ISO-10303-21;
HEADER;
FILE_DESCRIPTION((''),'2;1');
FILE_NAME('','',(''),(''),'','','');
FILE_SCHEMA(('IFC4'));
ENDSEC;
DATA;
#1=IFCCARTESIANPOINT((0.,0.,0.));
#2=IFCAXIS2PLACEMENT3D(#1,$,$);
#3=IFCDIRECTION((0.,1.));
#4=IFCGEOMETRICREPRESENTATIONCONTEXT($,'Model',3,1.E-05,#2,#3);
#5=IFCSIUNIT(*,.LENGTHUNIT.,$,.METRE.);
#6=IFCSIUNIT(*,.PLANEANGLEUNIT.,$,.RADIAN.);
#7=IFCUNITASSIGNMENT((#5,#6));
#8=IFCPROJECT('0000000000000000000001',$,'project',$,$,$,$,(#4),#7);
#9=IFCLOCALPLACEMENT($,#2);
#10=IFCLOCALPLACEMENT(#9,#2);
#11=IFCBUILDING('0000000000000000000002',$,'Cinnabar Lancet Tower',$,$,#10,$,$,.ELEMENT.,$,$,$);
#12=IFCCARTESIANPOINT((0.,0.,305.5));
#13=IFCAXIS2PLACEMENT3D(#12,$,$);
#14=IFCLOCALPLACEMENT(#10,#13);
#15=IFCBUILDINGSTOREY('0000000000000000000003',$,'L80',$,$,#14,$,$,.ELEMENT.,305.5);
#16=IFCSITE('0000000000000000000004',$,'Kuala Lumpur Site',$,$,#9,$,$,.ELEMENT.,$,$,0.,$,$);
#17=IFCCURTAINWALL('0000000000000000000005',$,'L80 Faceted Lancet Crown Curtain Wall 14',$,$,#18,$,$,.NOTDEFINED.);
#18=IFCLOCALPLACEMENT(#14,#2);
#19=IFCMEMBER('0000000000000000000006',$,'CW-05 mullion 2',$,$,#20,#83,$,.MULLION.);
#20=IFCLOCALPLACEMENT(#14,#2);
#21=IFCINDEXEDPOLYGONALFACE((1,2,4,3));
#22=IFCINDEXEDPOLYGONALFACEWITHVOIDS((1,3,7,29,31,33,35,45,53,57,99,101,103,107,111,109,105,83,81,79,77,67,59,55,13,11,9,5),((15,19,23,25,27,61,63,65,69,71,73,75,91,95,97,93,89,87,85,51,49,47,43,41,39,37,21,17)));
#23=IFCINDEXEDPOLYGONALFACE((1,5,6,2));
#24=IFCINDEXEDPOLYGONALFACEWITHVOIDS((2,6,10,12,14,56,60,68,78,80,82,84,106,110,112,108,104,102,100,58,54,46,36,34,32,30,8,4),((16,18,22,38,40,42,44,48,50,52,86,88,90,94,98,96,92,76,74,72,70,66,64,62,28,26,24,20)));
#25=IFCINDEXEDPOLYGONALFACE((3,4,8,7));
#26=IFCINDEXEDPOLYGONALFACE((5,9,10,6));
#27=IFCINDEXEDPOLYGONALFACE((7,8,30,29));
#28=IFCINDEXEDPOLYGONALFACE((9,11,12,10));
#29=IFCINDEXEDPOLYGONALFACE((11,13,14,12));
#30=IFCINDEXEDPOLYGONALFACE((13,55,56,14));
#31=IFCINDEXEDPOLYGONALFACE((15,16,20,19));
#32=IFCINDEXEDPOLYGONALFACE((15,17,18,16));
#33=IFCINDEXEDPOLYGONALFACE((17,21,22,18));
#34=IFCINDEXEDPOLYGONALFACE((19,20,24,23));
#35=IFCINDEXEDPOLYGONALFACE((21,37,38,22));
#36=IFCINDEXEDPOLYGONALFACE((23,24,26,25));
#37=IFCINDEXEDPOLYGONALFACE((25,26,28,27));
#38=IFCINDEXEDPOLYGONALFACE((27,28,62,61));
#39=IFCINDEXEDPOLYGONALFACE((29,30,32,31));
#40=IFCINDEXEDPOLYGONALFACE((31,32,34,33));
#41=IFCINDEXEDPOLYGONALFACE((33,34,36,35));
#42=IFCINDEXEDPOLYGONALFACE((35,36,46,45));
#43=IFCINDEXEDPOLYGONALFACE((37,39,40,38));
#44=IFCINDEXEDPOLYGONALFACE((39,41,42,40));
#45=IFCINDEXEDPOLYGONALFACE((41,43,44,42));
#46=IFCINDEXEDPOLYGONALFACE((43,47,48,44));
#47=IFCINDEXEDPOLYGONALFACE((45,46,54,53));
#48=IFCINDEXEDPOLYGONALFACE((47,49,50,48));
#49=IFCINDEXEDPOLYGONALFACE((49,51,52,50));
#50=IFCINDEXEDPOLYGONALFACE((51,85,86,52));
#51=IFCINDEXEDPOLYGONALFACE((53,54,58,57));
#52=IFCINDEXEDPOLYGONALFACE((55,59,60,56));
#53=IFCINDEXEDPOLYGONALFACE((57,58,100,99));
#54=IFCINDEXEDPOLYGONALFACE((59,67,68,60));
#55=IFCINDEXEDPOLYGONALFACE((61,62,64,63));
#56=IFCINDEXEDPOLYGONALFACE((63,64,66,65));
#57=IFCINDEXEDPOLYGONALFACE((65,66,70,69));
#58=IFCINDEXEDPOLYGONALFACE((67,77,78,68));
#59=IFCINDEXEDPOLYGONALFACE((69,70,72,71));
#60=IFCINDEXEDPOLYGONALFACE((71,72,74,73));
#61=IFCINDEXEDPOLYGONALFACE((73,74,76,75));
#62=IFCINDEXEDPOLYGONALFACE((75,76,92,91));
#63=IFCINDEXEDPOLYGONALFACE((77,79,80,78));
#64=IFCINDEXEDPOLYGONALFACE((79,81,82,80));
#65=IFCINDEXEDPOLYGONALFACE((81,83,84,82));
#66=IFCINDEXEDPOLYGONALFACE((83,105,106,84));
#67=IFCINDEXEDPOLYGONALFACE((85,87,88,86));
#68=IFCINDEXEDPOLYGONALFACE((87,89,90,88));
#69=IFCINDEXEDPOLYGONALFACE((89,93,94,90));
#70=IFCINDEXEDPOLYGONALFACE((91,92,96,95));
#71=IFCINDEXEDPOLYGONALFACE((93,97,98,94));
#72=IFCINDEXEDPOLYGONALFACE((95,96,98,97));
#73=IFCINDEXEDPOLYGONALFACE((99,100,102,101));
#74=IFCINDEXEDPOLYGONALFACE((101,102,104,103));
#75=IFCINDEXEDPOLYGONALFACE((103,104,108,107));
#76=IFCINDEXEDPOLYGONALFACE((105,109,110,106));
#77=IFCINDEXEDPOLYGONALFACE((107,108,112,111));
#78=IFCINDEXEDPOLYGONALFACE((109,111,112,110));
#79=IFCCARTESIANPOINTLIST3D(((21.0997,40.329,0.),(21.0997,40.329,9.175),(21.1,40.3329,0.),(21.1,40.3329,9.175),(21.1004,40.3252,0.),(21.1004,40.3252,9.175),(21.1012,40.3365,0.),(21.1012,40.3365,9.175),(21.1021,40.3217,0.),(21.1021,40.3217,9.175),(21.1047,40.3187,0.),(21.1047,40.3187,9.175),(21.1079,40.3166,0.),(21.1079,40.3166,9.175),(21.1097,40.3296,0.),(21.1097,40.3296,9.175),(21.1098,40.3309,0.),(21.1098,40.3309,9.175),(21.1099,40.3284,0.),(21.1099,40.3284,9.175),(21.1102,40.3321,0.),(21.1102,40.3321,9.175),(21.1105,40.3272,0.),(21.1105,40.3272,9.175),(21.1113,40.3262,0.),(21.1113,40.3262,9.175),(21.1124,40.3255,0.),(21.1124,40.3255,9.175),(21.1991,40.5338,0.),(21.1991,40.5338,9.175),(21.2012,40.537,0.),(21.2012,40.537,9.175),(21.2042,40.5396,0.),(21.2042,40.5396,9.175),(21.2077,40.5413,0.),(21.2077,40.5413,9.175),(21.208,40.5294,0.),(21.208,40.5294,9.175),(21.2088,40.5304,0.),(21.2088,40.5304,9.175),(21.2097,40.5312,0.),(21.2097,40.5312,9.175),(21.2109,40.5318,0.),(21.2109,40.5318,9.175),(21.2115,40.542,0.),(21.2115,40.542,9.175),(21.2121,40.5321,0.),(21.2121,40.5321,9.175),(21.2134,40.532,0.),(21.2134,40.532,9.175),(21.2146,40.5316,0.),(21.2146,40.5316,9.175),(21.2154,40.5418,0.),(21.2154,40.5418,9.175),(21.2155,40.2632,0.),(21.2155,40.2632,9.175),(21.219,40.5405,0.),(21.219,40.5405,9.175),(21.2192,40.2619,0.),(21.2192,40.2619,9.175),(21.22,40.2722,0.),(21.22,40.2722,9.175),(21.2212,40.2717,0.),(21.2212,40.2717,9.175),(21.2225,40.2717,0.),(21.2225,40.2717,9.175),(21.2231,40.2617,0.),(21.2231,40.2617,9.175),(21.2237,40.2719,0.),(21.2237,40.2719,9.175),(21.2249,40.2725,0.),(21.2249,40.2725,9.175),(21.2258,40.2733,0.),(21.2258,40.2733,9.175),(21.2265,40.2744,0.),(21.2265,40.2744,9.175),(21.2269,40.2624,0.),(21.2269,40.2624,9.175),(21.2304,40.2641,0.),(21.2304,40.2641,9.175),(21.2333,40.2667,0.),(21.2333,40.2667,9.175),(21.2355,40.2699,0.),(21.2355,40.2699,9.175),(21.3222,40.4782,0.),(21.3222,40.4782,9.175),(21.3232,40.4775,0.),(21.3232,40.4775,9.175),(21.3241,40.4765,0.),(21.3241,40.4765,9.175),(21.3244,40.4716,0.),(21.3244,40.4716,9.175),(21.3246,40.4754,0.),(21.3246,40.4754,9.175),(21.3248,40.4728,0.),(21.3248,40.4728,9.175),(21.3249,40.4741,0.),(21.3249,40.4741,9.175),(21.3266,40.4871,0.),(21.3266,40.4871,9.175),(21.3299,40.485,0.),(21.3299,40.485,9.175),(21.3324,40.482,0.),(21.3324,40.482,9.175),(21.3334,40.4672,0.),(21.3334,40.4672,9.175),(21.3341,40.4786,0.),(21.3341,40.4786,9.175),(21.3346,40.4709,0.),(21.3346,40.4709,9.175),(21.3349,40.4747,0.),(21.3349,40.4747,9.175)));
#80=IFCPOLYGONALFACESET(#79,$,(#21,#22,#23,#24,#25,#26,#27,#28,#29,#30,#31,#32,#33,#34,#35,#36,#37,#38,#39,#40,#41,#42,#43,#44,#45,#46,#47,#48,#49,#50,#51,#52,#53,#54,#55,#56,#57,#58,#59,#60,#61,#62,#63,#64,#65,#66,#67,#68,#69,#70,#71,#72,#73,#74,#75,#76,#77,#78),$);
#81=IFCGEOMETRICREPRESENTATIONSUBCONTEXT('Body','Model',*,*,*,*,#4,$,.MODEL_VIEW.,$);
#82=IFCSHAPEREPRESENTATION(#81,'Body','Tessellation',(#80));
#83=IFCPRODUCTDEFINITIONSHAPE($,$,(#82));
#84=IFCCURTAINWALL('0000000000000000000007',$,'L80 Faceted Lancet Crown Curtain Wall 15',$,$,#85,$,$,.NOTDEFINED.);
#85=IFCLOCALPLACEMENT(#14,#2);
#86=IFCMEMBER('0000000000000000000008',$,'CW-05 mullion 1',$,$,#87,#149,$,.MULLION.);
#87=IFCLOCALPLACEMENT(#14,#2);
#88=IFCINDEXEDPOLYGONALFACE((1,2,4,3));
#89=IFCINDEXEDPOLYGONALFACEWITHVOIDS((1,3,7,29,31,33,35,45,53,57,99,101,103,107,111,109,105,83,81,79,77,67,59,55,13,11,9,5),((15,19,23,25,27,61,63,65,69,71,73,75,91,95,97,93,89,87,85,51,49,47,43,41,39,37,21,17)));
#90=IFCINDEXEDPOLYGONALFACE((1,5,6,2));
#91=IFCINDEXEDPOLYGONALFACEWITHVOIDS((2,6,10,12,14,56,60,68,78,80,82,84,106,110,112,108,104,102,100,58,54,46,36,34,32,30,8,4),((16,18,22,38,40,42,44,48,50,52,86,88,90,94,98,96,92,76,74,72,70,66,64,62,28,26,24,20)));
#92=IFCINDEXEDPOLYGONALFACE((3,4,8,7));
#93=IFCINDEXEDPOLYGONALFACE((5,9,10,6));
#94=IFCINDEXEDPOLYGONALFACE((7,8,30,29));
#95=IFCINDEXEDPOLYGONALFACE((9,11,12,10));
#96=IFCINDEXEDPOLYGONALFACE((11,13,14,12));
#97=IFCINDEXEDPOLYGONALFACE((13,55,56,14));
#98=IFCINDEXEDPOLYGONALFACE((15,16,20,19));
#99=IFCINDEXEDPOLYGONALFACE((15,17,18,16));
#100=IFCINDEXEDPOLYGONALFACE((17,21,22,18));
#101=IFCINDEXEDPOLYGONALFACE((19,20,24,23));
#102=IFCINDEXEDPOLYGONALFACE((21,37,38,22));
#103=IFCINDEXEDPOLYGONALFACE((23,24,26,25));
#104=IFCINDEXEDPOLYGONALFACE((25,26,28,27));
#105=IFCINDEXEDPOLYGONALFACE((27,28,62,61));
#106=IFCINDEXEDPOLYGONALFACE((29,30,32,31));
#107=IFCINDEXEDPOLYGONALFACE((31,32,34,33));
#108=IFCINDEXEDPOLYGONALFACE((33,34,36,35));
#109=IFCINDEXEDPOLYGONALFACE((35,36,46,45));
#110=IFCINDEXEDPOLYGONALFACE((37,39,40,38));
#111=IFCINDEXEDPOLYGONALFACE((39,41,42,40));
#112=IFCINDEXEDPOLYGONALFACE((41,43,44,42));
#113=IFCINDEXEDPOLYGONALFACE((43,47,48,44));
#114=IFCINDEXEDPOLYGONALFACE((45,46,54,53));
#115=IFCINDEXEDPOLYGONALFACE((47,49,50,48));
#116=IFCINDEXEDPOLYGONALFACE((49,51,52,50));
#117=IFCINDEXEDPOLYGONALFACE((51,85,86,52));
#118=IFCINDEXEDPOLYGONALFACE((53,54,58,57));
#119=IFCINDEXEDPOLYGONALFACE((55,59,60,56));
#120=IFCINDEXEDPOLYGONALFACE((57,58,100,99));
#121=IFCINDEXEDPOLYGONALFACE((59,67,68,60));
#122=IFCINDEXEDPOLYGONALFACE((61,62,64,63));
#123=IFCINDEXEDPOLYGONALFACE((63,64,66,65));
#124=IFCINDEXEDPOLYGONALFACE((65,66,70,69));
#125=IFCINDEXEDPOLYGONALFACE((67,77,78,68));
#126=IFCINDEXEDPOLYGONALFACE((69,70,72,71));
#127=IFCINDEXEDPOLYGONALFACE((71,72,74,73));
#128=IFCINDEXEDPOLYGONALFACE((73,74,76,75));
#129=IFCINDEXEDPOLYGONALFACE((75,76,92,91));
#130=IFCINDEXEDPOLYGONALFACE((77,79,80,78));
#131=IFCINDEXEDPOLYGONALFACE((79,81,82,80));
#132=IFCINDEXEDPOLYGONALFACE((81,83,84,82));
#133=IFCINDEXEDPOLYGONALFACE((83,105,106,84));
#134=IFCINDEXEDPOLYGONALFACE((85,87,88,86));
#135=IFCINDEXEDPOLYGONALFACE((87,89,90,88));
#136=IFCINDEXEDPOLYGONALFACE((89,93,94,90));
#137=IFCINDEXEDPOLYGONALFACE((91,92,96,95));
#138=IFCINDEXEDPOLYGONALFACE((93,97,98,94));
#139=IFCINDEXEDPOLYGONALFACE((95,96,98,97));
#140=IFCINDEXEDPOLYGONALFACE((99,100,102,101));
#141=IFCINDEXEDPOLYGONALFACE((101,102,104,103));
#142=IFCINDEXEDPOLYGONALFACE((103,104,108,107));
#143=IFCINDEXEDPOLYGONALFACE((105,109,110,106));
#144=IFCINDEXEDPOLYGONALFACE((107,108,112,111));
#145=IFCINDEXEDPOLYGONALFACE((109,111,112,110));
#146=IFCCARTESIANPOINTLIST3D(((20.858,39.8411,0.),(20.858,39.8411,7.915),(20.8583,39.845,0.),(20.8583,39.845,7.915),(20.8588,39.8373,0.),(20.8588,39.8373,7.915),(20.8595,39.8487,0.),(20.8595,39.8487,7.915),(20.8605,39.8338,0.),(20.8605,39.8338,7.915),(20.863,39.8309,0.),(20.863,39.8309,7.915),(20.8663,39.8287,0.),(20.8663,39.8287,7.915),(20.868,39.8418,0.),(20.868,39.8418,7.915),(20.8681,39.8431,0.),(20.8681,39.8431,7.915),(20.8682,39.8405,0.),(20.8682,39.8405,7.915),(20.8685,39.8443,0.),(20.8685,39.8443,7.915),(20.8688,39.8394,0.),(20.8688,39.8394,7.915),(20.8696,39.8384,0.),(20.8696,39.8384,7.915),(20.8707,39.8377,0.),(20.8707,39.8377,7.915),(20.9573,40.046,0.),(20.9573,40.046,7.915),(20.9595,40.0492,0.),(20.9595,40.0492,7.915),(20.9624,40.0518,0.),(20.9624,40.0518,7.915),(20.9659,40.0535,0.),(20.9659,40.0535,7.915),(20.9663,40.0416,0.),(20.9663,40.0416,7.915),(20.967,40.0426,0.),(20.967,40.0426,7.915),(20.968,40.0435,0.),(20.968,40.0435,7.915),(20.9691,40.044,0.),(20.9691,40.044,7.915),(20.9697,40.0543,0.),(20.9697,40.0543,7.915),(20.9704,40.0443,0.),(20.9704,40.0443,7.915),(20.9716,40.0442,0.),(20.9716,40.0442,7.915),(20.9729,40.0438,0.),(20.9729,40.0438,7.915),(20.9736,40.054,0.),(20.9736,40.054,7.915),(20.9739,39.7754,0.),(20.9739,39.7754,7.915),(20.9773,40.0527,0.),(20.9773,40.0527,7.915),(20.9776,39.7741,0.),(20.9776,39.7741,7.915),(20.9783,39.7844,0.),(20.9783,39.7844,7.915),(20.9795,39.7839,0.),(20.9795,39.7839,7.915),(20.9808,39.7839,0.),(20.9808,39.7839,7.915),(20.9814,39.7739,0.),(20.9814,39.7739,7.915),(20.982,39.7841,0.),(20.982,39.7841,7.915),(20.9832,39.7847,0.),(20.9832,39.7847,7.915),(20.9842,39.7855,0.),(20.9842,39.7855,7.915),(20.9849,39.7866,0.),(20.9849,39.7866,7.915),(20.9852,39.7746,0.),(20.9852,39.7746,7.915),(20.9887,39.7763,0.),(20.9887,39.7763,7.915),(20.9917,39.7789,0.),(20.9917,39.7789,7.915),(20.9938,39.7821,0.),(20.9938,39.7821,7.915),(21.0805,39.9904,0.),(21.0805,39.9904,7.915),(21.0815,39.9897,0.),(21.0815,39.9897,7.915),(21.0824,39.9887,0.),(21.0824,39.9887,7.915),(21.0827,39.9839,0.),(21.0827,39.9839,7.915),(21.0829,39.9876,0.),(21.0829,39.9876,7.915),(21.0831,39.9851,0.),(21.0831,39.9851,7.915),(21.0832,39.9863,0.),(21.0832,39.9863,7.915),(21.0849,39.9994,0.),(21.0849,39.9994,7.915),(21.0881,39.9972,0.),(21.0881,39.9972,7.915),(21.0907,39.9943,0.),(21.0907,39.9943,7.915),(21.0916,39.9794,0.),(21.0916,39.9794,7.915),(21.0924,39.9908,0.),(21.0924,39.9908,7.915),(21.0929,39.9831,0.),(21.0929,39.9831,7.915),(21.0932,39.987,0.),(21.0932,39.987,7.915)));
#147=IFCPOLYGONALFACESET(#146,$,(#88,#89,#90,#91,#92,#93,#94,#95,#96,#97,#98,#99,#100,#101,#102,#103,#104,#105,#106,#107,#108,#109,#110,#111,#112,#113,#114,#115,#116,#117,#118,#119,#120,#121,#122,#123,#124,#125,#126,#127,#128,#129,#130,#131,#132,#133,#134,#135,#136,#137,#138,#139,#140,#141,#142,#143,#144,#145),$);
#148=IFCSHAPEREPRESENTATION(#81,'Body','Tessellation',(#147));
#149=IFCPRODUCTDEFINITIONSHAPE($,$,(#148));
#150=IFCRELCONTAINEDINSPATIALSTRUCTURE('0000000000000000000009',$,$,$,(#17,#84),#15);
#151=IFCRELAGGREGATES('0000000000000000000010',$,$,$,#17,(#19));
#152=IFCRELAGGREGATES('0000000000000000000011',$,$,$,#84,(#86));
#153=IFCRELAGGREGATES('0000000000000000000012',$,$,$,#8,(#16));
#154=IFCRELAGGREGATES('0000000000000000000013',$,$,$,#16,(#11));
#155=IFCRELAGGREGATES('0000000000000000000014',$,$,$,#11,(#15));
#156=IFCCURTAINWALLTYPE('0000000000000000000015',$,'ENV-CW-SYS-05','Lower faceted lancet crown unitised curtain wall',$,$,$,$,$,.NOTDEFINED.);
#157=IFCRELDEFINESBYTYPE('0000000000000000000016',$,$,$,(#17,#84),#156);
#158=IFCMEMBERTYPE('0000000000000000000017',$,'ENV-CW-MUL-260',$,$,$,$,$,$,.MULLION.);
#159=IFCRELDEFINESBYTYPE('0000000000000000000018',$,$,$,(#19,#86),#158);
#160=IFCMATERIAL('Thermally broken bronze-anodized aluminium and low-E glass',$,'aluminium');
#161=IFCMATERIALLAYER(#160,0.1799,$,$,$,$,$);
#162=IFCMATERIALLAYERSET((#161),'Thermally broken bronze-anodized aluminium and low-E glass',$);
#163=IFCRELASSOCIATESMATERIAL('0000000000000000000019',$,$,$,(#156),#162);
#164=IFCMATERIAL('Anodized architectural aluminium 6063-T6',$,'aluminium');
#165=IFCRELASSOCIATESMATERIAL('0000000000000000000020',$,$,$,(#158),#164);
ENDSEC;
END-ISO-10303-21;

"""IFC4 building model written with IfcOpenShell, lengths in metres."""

from ifc_helpers import new_model, si_unit, direction, frame, origin, origin_2d, place, context, subcontext, project, spatial, hollow_rectangle, extrude, material, layer, layer_set, material_profile, profile_set, type_object, element, aggregate, save


model = new_model("IFC4")

# Units and contexts
model_context = context("Model", 3, precision=1e-05, world=origin(), true_north=direction((0.0, 1.0)))
body_context = subcontext(model_context, "Body", "Model", "MODEL_VIEW")
ifc_project = project(units=[si_unit("LENGTHUNIT", "METRE"), si_unit("PLANEANGLEUNIT", "RADIAN")], contexts=[model_context])

# Site, building, storey
site_placement = place(None, origin())
site = spatial("IfcSite", under=ifc_project, at=site_placement, Name="Kuala Lumpur Site", CompositionType="ELEMENT", RefElevation=0.0)
building_placement = place(site_placement, origin())
building = spatial("IfcBuilding", under=site, at=building_placement, Name="Cinnabar Lancet Tower", CompositionType="ELEMENT")
storey_placement = place(building_placement, frame((0.0, 0.0, 305.5)))
storey = spatial("IfcBuildingStorey", under=building, at=storey_placement, Name="L80", CompositionType="ELEMENT", Elevation=305.5)

# Shared definitions
ifc_material_1 = material(Name="Thermally broken bronze-anodized aluminium and low-E glass", Category="aluminium")
ifc_layer_1 = layer(ifc_material_1, 0.1799)
ifc_layer_set_1 = layer_set([ifc_layer_1], Name="Thermally broken bronze-anodized aluminium and low-E glass")
curtain_wall_type = type_object("IfcCurtainWallType", Name="ENV-CW-SYS-05", Description="Lower faceted lancet crown unitised curtain wall", PredefinedType="NOTDEFINED", material=ifc_layer_set_1)
ifc_material_2 = material(Name="Anodized architectural aluminium 6063-T6", Category="aluminium")
ifc_material_profile_1 = material_profile(ifc_material_2, hollow_rectangle(XDim=0.1499, YDim=0.25, WallThickness=0.01, InnerFilletRadius=0.0049, OuterFilletRadius=0.0149, at=origin_2d()), Name="RHS 250x150x10")
ifc_profile_set_1 = profile_set([ifc_material_profile_1], Name="Anodized architectural aluminium 6063-T6")
member_type_1 = type_object("IfcMemberType", Name="ENV-CW-MUL-260", PredefinedType="MULLION", material=ifc_profile_set_1)

# Curtain walls, members
curtain_wall_1_placement = place(storey_placement, origin())
curtain_wall_1 = element("IfcCurtainWall", 1, at=curtain_wall_1_placement, inside=storey, type_object=curtain_wall_type, Name="L80 Faceted Lancet Crown Curtain Wall 14", PredefinedType="NOTDEFINED")
member_1_placement = place(storey_placement, frame((21.2173, 40.4019, 0.0), z_axis=(0.0, 0.0, 1.0), x_axis=(0.89582, -0.444416, 0.0)))
member_1 = element("IfcMember", 2, at=member_1_placement, type_object=member_type_1, Name="CW-05 mullion 2", PredefinedType="MULLION", context=body_context, shape_type="SweptSolid", body=[
    extrude(hollow_rectangle(XDim=0.1499, YDim=0.25, WallThickness=0.01, InnerFilletRadius=0.0049, OuterFilletRadius=0.0149, at=origin_2d()), origin(), (0.0, 0.0, 1.0), 9.175),
])
curtain_wall_2_placement = place(storey_placement, origin())
curtain_wall_2 = element("IfcCurtainWall", 3, at=curtain_wall_2_placement, inside=storey, type_object=curtain_wall_type, Name="L80 Faceted Lancet Crown Curtain Wall 15", PredefinedType="NOTDEFINED")
member_2_placement = place(storey_placement, frame((20.9756, 39.9141, 0.0), z_axis=(0.0, 0.0, 1.0), x_axis=(0.895948, -0.444159, 0.0)))
member_2 = element("IfcMember", 4, at=member_2_placement, type_object=member_type_1, Name="CW-05 mullion 1", PredefinedType="MULLION", context=body_context, shape_type="SweptSolid", body=[
    extrude(hollow_rectangle(XDim=0.1499, YDim=0.25, WallThickness=0.01, InnerFilletRadius=0.0049, OuterFilletRadius=0.0149, at=origin_2d()), origin(), (0.0, 0.0, 1.0), 7.915),
])

aggregate(curtain_wall_1, [member_1])
aggregate(curtain_wall_2, [member_2])

save(model, "model.ifc")
